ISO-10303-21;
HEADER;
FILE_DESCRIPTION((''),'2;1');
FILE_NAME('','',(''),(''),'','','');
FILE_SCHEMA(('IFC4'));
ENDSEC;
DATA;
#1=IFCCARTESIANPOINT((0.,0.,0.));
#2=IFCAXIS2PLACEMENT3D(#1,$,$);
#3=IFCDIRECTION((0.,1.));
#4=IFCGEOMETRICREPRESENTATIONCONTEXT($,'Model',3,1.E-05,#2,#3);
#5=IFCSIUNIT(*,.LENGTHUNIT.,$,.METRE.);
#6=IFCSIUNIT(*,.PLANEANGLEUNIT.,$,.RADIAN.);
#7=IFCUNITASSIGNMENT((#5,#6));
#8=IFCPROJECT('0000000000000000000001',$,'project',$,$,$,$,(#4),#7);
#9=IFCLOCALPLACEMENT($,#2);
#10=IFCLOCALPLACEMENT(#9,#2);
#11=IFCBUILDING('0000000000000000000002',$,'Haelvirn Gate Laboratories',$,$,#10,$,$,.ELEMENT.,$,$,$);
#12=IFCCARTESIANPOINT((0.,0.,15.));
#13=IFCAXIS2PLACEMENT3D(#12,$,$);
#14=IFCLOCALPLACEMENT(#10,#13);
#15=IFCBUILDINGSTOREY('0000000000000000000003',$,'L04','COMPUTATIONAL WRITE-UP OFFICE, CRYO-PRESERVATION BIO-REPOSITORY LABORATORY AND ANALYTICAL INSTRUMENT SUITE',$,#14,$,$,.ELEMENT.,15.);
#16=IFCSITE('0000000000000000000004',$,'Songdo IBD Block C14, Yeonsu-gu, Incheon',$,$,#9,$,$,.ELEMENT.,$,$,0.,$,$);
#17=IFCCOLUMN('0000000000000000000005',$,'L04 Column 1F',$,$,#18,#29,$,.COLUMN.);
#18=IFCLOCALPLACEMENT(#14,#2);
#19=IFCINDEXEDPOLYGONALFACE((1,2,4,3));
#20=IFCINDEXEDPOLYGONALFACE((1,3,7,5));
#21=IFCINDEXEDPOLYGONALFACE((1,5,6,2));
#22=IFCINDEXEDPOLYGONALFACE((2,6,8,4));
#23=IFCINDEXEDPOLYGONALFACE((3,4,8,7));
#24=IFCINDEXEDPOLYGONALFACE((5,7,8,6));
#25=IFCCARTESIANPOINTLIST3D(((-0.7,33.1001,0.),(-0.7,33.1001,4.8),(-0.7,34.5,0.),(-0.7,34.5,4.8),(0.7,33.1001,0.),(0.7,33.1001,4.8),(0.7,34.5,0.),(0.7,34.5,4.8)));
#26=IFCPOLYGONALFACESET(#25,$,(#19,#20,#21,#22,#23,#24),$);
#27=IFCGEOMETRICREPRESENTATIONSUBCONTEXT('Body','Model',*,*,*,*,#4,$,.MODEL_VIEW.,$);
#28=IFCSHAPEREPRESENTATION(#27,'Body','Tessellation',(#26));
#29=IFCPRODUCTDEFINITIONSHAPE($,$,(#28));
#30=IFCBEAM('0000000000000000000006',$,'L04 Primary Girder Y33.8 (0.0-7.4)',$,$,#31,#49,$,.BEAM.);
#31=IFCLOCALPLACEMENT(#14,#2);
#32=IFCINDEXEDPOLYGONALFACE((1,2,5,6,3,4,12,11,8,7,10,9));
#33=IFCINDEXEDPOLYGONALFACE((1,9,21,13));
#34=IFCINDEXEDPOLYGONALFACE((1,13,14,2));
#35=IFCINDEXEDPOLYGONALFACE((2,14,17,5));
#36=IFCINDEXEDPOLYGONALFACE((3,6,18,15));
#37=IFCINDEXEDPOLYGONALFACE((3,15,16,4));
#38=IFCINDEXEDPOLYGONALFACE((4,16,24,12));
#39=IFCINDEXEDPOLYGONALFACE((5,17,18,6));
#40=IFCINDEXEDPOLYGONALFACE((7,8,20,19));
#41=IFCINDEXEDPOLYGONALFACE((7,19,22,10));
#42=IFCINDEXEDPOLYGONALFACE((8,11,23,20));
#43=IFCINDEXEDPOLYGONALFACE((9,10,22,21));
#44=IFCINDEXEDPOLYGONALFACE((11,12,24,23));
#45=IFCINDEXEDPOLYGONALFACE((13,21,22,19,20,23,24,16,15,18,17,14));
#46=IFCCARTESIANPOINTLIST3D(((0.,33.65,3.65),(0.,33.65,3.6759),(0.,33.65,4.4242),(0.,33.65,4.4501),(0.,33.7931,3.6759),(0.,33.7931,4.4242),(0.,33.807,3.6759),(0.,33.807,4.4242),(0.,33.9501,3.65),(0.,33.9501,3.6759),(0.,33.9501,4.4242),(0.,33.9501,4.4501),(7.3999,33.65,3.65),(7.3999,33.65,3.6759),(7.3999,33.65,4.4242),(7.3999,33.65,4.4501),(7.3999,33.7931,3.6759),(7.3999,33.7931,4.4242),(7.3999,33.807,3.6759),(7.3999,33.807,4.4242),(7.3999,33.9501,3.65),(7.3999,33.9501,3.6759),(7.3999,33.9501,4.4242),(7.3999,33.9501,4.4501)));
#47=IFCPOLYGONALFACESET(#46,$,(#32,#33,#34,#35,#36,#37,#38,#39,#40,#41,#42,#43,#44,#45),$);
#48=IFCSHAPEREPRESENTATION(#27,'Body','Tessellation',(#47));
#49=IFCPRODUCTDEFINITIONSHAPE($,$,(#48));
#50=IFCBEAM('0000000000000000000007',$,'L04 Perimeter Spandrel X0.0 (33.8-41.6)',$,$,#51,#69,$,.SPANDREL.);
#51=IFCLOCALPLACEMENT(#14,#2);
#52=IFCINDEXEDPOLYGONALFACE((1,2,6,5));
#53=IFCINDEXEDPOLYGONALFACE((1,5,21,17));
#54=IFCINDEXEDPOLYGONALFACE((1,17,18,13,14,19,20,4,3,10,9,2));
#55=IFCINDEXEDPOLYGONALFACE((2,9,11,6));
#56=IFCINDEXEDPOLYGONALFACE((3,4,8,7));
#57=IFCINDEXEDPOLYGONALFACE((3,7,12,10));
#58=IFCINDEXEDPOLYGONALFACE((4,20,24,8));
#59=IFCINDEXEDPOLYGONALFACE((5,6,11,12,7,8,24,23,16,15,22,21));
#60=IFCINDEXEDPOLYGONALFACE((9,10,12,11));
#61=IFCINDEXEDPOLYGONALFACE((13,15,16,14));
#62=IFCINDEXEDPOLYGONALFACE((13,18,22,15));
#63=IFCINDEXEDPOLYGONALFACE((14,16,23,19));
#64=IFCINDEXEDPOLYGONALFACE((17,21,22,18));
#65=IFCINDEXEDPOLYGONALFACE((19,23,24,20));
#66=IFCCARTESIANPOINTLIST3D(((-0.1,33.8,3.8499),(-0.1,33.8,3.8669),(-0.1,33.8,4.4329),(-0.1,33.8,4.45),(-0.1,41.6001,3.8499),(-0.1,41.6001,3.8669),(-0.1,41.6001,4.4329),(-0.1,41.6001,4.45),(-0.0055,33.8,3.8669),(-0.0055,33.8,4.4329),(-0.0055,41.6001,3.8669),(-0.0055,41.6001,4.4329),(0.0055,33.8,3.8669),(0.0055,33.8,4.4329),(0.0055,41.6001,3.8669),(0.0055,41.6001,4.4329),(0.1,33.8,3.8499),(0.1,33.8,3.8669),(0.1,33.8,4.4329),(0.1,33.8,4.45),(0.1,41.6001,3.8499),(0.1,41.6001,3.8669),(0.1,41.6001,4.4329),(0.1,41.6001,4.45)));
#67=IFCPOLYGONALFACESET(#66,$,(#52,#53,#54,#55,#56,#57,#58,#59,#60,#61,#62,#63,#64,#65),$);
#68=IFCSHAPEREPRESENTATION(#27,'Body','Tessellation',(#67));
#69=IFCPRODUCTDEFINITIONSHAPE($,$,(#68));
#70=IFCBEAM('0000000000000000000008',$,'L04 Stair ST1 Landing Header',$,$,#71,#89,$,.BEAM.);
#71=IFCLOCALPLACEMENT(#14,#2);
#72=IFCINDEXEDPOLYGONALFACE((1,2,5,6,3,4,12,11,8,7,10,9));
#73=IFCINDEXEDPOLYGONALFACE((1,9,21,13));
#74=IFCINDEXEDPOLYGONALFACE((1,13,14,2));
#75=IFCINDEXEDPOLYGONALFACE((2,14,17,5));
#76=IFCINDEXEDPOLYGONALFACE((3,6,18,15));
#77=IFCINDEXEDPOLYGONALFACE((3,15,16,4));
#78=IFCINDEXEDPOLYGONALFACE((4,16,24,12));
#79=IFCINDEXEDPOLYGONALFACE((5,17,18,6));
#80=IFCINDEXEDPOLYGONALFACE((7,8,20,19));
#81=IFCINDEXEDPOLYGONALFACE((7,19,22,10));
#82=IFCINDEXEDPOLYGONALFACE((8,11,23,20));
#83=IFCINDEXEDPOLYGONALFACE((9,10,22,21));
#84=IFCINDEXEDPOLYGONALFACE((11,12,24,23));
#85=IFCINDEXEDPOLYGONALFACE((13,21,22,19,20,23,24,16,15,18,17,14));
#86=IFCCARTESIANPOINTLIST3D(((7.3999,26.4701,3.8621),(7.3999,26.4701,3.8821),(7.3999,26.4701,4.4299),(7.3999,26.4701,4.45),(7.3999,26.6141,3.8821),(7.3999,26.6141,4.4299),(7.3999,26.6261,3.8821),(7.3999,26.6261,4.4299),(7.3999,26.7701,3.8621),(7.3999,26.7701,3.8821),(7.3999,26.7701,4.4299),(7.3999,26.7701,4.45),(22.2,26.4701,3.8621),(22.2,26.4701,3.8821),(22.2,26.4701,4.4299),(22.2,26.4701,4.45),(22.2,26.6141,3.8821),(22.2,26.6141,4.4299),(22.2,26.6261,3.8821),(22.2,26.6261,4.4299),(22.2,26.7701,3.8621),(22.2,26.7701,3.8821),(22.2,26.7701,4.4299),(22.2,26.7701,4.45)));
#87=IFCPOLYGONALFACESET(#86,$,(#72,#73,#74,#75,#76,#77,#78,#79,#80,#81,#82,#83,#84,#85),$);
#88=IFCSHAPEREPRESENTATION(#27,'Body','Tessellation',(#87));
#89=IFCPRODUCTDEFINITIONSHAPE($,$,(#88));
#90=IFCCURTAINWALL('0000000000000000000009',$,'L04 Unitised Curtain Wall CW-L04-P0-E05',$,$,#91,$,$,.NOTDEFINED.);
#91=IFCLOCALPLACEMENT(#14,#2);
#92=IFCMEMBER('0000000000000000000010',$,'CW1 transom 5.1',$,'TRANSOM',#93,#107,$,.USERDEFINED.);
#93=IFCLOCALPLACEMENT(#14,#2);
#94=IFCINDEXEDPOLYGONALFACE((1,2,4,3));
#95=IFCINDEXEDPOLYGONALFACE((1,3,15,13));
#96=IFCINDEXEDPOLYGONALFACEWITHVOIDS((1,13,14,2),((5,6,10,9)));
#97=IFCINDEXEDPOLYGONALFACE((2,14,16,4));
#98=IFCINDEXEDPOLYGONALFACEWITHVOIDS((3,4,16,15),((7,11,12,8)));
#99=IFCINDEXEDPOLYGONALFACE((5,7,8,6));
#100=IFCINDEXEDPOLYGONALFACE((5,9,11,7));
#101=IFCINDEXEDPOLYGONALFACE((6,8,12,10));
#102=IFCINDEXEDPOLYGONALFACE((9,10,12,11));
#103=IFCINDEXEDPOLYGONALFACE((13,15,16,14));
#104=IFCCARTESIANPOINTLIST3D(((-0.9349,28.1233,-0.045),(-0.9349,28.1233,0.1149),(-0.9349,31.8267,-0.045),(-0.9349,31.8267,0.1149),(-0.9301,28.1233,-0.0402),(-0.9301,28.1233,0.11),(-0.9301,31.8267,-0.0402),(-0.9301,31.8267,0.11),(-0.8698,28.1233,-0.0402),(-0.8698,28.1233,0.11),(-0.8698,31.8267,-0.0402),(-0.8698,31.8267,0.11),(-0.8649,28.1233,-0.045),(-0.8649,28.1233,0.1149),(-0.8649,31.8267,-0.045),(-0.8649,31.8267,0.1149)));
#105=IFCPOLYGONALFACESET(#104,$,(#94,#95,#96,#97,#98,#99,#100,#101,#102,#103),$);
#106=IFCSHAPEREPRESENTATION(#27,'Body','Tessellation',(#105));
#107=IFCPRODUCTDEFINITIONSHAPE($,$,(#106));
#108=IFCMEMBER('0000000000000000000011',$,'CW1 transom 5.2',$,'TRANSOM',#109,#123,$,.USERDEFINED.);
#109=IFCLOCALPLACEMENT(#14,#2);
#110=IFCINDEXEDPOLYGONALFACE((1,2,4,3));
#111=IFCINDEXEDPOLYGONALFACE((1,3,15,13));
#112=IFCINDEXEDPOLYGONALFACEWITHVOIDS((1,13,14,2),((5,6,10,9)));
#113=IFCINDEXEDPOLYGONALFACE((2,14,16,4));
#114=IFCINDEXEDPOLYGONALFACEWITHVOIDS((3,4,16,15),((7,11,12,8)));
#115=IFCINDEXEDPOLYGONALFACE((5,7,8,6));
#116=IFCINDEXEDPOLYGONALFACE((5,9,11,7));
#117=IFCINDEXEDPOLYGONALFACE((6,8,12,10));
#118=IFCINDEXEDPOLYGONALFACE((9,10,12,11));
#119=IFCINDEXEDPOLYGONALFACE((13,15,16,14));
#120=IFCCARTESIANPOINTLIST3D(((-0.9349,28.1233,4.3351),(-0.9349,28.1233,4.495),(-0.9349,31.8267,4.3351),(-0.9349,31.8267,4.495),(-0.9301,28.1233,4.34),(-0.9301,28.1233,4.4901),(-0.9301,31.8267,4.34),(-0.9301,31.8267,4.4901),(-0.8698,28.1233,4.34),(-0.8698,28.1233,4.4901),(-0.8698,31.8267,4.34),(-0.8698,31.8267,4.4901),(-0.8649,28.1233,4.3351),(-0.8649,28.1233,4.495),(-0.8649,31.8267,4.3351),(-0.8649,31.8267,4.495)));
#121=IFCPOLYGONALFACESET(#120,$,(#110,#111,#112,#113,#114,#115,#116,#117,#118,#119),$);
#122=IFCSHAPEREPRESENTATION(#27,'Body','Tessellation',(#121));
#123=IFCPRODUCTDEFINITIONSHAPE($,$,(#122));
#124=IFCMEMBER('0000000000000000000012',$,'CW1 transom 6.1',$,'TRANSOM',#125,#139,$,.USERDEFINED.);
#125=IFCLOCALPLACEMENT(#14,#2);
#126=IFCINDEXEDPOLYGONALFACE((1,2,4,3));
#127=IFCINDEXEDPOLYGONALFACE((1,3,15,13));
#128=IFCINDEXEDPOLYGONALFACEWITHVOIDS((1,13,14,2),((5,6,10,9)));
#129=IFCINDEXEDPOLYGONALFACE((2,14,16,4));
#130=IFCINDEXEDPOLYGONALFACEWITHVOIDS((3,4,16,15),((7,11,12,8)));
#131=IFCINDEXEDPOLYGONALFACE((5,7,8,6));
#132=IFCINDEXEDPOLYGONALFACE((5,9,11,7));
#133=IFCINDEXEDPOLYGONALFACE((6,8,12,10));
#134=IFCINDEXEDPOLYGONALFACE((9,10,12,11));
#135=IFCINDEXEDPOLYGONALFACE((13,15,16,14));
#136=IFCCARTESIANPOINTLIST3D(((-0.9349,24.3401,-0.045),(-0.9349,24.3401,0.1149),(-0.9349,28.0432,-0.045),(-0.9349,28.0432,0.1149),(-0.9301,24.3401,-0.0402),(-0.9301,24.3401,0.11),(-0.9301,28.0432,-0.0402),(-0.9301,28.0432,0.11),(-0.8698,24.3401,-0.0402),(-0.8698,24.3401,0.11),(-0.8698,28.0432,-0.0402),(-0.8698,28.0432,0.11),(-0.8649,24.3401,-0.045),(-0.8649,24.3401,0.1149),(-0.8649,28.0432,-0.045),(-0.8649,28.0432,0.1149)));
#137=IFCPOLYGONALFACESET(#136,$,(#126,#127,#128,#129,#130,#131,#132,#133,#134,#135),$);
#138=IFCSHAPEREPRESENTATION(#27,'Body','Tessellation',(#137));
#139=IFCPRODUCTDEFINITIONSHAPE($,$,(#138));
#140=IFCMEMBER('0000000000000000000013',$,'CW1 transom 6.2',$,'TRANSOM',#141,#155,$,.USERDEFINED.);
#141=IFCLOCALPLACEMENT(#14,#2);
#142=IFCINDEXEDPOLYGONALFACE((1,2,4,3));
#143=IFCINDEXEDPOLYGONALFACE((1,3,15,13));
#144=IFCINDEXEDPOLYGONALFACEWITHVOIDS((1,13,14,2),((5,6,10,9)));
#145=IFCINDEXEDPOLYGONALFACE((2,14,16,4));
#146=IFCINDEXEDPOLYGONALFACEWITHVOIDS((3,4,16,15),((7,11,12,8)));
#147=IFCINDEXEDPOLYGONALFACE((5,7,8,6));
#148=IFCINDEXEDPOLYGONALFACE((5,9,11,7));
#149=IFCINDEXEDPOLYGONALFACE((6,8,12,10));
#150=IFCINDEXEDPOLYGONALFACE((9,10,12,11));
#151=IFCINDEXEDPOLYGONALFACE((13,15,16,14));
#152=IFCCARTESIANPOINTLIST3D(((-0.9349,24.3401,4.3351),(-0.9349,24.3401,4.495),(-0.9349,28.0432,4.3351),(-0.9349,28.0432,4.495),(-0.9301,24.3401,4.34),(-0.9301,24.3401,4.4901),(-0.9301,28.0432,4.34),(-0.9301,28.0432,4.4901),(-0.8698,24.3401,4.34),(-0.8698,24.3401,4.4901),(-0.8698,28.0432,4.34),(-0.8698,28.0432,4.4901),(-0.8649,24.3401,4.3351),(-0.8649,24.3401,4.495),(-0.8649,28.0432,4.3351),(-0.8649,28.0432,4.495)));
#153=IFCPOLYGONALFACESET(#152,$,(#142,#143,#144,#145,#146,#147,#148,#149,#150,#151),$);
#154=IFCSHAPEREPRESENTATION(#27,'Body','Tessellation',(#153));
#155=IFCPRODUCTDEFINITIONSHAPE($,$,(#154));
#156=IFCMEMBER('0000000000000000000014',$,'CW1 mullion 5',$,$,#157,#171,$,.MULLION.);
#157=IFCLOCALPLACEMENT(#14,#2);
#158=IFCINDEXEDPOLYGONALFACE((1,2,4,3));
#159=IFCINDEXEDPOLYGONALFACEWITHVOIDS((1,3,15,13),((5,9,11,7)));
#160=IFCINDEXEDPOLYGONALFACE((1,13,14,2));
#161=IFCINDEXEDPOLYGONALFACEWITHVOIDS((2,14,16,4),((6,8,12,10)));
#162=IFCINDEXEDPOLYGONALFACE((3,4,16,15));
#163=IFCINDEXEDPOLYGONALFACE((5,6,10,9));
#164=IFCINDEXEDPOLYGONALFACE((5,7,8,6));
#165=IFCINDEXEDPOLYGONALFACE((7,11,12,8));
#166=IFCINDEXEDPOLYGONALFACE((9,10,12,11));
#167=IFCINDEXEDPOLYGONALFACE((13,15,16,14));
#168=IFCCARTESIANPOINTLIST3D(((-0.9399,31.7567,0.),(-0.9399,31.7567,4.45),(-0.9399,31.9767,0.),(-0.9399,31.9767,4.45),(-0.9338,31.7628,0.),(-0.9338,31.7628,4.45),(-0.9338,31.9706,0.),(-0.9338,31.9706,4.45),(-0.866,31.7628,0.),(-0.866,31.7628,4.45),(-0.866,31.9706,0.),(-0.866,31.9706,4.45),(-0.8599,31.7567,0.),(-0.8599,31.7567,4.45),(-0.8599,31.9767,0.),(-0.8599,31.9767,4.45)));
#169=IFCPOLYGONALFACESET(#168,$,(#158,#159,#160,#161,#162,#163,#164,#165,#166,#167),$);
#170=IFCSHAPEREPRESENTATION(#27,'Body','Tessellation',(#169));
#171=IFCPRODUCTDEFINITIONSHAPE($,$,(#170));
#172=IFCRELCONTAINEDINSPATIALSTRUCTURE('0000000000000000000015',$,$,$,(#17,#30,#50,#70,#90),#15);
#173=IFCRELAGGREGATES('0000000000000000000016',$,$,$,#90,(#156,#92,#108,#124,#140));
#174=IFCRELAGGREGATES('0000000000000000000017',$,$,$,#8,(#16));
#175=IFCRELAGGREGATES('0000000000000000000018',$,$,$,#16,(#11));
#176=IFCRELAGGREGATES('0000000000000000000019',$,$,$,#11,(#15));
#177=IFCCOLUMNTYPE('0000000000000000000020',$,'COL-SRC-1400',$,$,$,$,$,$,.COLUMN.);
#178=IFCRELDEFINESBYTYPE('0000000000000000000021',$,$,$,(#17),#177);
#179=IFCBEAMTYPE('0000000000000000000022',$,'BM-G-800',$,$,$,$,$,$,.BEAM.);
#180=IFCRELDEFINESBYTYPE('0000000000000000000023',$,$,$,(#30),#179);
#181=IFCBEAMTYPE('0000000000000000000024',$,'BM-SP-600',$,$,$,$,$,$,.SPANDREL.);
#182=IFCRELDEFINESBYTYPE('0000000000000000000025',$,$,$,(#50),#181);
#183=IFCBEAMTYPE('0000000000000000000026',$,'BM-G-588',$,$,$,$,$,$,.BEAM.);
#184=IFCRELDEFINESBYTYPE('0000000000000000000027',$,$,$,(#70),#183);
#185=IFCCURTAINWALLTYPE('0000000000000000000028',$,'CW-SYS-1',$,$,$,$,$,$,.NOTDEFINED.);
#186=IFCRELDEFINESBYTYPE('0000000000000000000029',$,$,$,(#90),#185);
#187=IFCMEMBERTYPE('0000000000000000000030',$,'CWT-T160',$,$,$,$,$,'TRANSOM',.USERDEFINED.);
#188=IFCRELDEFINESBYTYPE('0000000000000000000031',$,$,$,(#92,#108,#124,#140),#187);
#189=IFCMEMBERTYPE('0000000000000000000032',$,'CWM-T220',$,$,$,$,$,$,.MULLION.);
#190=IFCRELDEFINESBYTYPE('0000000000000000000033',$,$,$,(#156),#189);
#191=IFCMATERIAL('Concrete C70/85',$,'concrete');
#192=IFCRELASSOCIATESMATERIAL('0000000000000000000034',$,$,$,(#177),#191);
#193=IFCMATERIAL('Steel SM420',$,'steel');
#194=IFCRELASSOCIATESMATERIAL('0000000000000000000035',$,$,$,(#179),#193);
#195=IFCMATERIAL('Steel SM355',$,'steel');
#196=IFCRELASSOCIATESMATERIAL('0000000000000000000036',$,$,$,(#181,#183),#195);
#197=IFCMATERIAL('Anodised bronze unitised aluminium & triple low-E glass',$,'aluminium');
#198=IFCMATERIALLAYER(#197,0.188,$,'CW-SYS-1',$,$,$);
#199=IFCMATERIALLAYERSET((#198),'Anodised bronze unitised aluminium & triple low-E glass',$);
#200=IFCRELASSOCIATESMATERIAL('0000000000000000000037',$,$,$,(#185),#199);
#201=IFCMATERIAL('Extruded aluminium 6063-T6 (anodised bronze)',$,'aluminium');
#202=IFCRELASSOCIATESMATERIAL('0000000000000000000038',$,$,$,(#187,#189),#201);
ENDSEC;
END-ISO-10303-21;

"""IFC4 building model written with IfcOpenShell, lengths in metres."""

from ifc_helpers import new_model, si_unit, direction, frame, origin, origin_2d, place, context, subcontext, project, spatial, rectangle, hollow_rectangle, i_section, extrude, source, transform, mapped, material, layer, layer_set, material_profile, profile_set, type_object, type_shapes, element, aggregate, save


model = new_model("IFC4")

# Units and contexts
model_context = context("Model", 3, precision=1e-05, world=origin(), true_north=direction((0.0, 1.0)))
body_context = subcontext(model_context, "Body", "Model", "MODEL_VIEW")
ifc_project = project(units=[si_unit("LENGTHUNIT", "METRE"), si_unit("PLANEANGLEUNIT", "RADIAN")], contexts=[model_context])

# Site, building, storey
site_placement = place(None, origin())
site = spatial("IfcSite", under=ifc_project, at=site_placement, Name="Songdo IBD Block C14, Yeonsu-gu, Incheon", CompositionType="ELEMENT", RefElevation=0.0)
building_placement = place(site_placement, origin())
building = spatial("IfcBuilding", under=site, at=building_placement, Name="Haelvirn Gate Laboratories", CompositionType="ELEMENT")
storey_placement = place(building_placement, frame((0.0, 0.0, 15.0)))
storey = spatial("IfcBuildingStorey", under=building, at=storey_placement, Name="L04", Description="COMPUTATIONAL WRITE-UP OFFICE, CRYO-PRESERVATION BIO-REPOSITORY LABORATORY AND ANALYTICAL INSTRUMENT SUITE", CompositionType="ELEMENT", Elevation=15.0)

# Column
ifc_material_1 = material(Name="Concrete C70/85", Category="concrete")
ifc_material_profile_1 = material_profile(ifc_material_1, rectangle(XDim=1.3999, YDim=1.3999, at=origin_2d()), Name="SRC-1400x1400")
ifc_profile_set_1 = profile_set([ifc_material_profile_1], Name="Concrete C70/85")
column_type = type_object("IfcColumnType", Name="COL-SRC-1400", PredefinedType="COLUMN", material=ifc_profile_set_1)
shared_shape_1 = source(origin(), body_context, "Body", "SweptSolid", [
    extrude(rectangle(XDim=1.3999, YDim=1.3999, at=origin_2d()), origin(), (0.0, 0.0, 1.0), 4.8),
])
type_shapes(column_type, [shared_shape_1])
column_placement = place(storey_placement, frame((0.0, 33.8, 0.0), z_axis=(0.0, 0.0, 1.0), x_axis=(1.0, 0.0, 0.0)))
element("IfcColumn", 1, at=column_placement, inside=storey, type_object=column_type, Name="L04 Column 1F", PredefinedType="COLUMN", context=body_context, shape_type="MappedRepresentation", body=[
    mapped(shared_shape_1, transform((0.0, 0.0, 0.0), scale=1.0)),
])

# Beams
ifc_material_2 = material(Name="Steel SM420", Category="steel")
ifc_material_profile_2 = material_profile(ifc_material_2, i_section(OverallWidth=0.3, OverallDepth=0.8, WebThickness=0.0139, FlangeThickness=0.0259, at=origin_2d()), Name="H-800x300x14x26")
ifc_profile_set_2 = profile_set([ifc_material_profile_2], Name="Steel SM420")
beam_type_1 = type_object("IfcBeamType", Name="BM-G-800", PredefinedType="BEAM", material=ifc_profile_set_2)
shared_shape_2 = source(origin(), body_context, "Body", "SweptSolid", [
    extrude(i_section(OverallWidth=0.3, OverallDepth=0.8, WebThickness=0.0139, FlangeThickness=0.0259, at=origin_2d()), origin(), (0.0, 0.0, 1.0), 7.3999),
])
type_shapes(beam_type_1, [shared_shape_2])
beam_1_placement = place(storey_placement, frame((0.0, 33.8, 4.05), z_axis=(1.0, 0.0, 0.0), x_axis=(0.0, 1.0, 0.0)))
element("IfcBeam", 2, at=beam_1_placement, inside=storey, type_object=beam_type_1, Name="L04 Primary Girder Y33.8 (0.0-7.4)", PredefinedType="BEAM", context=body_context, shape_type="MappedRepresentation", body=[
    mapped(shared_shape_2, transform((0.0, 0.0, 0.0), scale=1.0)),
])
ifc_material_3 = material(Name="Steel SM355", Category="steel")
ifc_material_profile_3 = material_profile(ifc_material_3, i_section(OverallWidth=0.2, OverallDepth=0.6001, WebThickness=0.011, FlangeThickness=0.0171, at=origin_2d()), Name="H-600x200x11x17")
ifc_profile_set_3 = profile_set([ifc_material_profile_3], Name="Steel SM355")
beam_type_2 = type_object("IfcBeamType", Name="BM-SP-600", PredefinedType="SPANDREL", material=ifc_profile_set_3)
shared_shape_3 = source(origin(), body_context, "Body", "SweptSolid", [
    extrude(i_section(OverallWidth=0.2, OverallDepth=0.6001, WebThickness=0.011, FlangeThickness=0.0171, at=origin_2d()), origin(), (0.0, 0.0, 1.0), 7.8),
])
type_shapes(beam_type_2, [shared_shape_3])
beam_2_placement = place(storey_placement, frame((0.0, 33.8, 4.1499), z_axis=(0.0, 1.0, 0.0), x_axis=(-1.0, 0.0, 0.0)))
element("IfcBeam", 3, at=beam_2_placement, inside=storey, type_object=beam_type_2, Name="L04 Perimeter Spandrel X0.0 (33.8-41.6)", PredefinedType="SPANDREL", context=body_context, shape_type="MappedRepresentation", body=[
    mapped(shared_shape_3, transform((0.0, 0.0, 0.0), scale=1.0)),
])
ifc_material_profile_4 = material_profile(ifc_material_3, i_section(OverallWidth=0.3, OverallDepth=0.5879, WebThickness=0.012, FlangeThickness=0.02, at=origin_2d()), Name="H-588x300x12x20")
ifc_profile_set_4 = profile_set([ifc_material_profile_4], Name="Steel SM355")
beam_type_3 = type_object("IfcBeamType", Name="BM-G-588", PredefinedType="BEAM", material=ifc_profile_set_4)
shared_shape_4 = source(origin(), body_context, "Body", "SweptSolid", [
    extrude(i_section(OverallWidth=0.3, OverallDepth=0.5879, WebThickness=0.012, FlangeThickness=0.02, at=origin_2d()), origin(), (0.0, 0.0, 1.0), 14.8),
])
type_shapes(beam_type_3, [shared_shape_4])
beam_3_placement = place(storey_placement, frame((7.3999, 26.6201, 4.156), z_axis=(1.0, 0.0, 0.0), x_axis=(0.0, 1.0, 0.0)))
element("IfcBeam", 4, at=beam_3_placement, inside=storey, type_object=beam_type_3, Name="L04 Stair ST1 Landing Header", PredefinedType="BEAM", context=body_context, shape_type="MappedRepresentation", body=[
    mapped(shared_shape_4, transform((0.0, 0.0, 0.0), scale=1.0)),
])

# Curtain wall, members
ifc_material_4 = material(Name="Anodised bronze unitised aluminium & triple low-E glass", Category="aluminium")
ifc_layer_1 = layer(ifc_material_4, 0.188, Name="CW-SYS-1")
ifc_layer_set_1 = layer_set([ifc_layer_1], Name="Anodised bronze unitised aluminium & triple low-E glass")
curtain_wall_type = type_object("IfcCurtainWallType", Name="CW-SYS-1", PredefinedType="NOTDEFINED", material=ifc_layer_set_1)
curtain_wall_placement = place(storey_placement, origin())
curtain_wall = element("IfcCurtainWall", 5, at=curtain_wall_placement, inside=storey, type_object=curtain_wall_type, Name="L04 Unitised Curtain Wall CW-L04-P0-E05", PredefinedType="NOTDEFINED")
ifc_material_5 = material(Name="Extruded aluminium 6063-T6 (anodised bronze)", Category="aluminium")
ifc_material_profile_5 = material_profile(ifc_material_5, hollow_rectangle(XDim=0.0701, YDim=0.1599, WallThickness=0.0049, at=origin_2d()), Name="CWT-160x70x5")
ifc_profile_set_5 = profile_set([ifc_material_profile_5], Name="Extruded aluminium 6063-T6 (anodised bronze)")
member_type_1 = type_object("IfcMemberType", Name="CWT-T160", ElementType="TRANSOM", PredefinedType="USERDEFINED", material=ifc_profile_set_5)
shared_shape_5 = source(origin(), body_context, "Body", "SweptSolid", [
    extrude(hollow_rectangle(XDim=0.0701, YDim=0.1599, WallThickness=0.0049, at=origin_2d()), origin(), (0.0, 0.0, 1.0), 3.7034),
])
member_1_placement = place(storey_placement, frame((-0.8999, 31.8267, 0.0349), z_axis=(0.0, -1.0, 0.0), x_axis=(1.0, 0.0, 0.0)))
member_1 = element("IfcMember", 6, at=member_1_placement, type_object=member_type_1, Name="CW1 transom 5.1", ObjectType="TRANSOM", PredefinedType="USERDEFINED", context=body_context, shape_type="MappedRepresentation", body=[
    mapped(shared_shape_5, transform((0.0, 0.0, 0.0), scale=1.0)),
])
member_2_placement = place(storey_placement, frame((-0.8999, 31.8267, 4.415), z_axis=(0.0, -1.0, 0.0), x_axis=(1.0, 0.0, 0.0)))
member_2 = element("IfcMember", 7, at=member_2_placement, type_object=member_type_1, Name="CW1 transom 5.2", ObjectType="TRANSOM", PredefinedType="USERDEFINED", context=body_context, shape_type="MappedRepresentation", body=[
    mapped(shared_shape_5, transform((0.0, 0.0, 0.0), scale=1.0)),
])
shared_shape_6 = source(origin(), body_context, "Body", "SweptSolid", [
    extrude(hollow_rectangle(XDim=0.0701, YDim=0.1599, WallThickness=0.0049, at=origin_2d()), origin(), (0.0, 0.0, 1.0), 3.7031),
])
type_shapes(member_type_1, [shared_shape_5, shared_shape_6])
member_3_placement = place(storey_placement, frame((-0.8999, 28.0432, 0.0349), z_axis=(0.0, -1.0, 0.0), x_axis=(1.0, 0.0, 0.0)))
member_3 = element("IfcMember", 8, at=member_3_placement, type_object=member_type_1, Name="CW1 transom 6.1", ObjectType="TRANSOM", PredefinedType="USERDEFINED", context=body_context, shape_type="MappedRepresentation", body=[
    mapped(shared_shape_6, transform((0.0, 0.0, 0.0), scale=1.0)),
])
member_4_placement = place(storey_placement, frame((-0.8999, 28.0432, 4.415), z_axis=(0.0, -1.0, 0.0), x_axis=(1.0, 0.0, 0.0)))
member_4 = element("IfcMember", 9, at=member_4_placement, type_object=member_type_1, Name="CW1 transom 6.2", ObjectType="TRANSOM", PredefinedType="USERDEFINED", context=body_context, shape_type="MappedRepresentation", body=[
    mapped(shared_shape_6, transform((0.0, 0.0, 0.0), scale=1.0)),
])
ifc_material_profile_6 = material_profile(ifc_material_5, hollow_rectangle(XDim=0.0801, YDim=0.22, WallThickness=0.0061, at=origin_2d()), Name="CWM-220x80x6")
ifc_profile_set_6 = profile_set([ifc_material_profile_6], Name="Extruded aluminium 6063-T6 (anodised bronze)")
member_type_2 = type_object("IfcMemberType", Name="CWM-T220", PredefinedType="MULLION", material=ifc_profile_set_6)
shared_shape_7 = source(origin(), body_context, "Body", "SweptSolid", [
    extrude(hollow_rectangle(XDim=0.0801, YDim=0.22, WallThickness=0.0061, at=origin_2d()), origin(), (0.0, 0.0, 1.0), 4.45),
])
type_shapes(member_type_2, [shared_shape_7])
member_5_placement = place(storey_placement, frame((-0.8999, 31.8667, 0.0), z_axis=(0.0, 0.0, 1.0), x_axis=(1.0, 0.0, 0.0)))
member_5 = element("IfcMember", 10, at=member_5_placement, type_object=member_type_2, Name="CW1 mullion 5", PredefinedType="MULLION", context=body_context, shape_type="MappedRepresentation", body=[
    mapped(shared_shape_7, transform((0.0, 0.0, 0.0), scale=1.0)),
])
aggregate(curtain_wall, [member_5, member_1, member_2, member_3, member_4])

save(model, "model.ifc")
